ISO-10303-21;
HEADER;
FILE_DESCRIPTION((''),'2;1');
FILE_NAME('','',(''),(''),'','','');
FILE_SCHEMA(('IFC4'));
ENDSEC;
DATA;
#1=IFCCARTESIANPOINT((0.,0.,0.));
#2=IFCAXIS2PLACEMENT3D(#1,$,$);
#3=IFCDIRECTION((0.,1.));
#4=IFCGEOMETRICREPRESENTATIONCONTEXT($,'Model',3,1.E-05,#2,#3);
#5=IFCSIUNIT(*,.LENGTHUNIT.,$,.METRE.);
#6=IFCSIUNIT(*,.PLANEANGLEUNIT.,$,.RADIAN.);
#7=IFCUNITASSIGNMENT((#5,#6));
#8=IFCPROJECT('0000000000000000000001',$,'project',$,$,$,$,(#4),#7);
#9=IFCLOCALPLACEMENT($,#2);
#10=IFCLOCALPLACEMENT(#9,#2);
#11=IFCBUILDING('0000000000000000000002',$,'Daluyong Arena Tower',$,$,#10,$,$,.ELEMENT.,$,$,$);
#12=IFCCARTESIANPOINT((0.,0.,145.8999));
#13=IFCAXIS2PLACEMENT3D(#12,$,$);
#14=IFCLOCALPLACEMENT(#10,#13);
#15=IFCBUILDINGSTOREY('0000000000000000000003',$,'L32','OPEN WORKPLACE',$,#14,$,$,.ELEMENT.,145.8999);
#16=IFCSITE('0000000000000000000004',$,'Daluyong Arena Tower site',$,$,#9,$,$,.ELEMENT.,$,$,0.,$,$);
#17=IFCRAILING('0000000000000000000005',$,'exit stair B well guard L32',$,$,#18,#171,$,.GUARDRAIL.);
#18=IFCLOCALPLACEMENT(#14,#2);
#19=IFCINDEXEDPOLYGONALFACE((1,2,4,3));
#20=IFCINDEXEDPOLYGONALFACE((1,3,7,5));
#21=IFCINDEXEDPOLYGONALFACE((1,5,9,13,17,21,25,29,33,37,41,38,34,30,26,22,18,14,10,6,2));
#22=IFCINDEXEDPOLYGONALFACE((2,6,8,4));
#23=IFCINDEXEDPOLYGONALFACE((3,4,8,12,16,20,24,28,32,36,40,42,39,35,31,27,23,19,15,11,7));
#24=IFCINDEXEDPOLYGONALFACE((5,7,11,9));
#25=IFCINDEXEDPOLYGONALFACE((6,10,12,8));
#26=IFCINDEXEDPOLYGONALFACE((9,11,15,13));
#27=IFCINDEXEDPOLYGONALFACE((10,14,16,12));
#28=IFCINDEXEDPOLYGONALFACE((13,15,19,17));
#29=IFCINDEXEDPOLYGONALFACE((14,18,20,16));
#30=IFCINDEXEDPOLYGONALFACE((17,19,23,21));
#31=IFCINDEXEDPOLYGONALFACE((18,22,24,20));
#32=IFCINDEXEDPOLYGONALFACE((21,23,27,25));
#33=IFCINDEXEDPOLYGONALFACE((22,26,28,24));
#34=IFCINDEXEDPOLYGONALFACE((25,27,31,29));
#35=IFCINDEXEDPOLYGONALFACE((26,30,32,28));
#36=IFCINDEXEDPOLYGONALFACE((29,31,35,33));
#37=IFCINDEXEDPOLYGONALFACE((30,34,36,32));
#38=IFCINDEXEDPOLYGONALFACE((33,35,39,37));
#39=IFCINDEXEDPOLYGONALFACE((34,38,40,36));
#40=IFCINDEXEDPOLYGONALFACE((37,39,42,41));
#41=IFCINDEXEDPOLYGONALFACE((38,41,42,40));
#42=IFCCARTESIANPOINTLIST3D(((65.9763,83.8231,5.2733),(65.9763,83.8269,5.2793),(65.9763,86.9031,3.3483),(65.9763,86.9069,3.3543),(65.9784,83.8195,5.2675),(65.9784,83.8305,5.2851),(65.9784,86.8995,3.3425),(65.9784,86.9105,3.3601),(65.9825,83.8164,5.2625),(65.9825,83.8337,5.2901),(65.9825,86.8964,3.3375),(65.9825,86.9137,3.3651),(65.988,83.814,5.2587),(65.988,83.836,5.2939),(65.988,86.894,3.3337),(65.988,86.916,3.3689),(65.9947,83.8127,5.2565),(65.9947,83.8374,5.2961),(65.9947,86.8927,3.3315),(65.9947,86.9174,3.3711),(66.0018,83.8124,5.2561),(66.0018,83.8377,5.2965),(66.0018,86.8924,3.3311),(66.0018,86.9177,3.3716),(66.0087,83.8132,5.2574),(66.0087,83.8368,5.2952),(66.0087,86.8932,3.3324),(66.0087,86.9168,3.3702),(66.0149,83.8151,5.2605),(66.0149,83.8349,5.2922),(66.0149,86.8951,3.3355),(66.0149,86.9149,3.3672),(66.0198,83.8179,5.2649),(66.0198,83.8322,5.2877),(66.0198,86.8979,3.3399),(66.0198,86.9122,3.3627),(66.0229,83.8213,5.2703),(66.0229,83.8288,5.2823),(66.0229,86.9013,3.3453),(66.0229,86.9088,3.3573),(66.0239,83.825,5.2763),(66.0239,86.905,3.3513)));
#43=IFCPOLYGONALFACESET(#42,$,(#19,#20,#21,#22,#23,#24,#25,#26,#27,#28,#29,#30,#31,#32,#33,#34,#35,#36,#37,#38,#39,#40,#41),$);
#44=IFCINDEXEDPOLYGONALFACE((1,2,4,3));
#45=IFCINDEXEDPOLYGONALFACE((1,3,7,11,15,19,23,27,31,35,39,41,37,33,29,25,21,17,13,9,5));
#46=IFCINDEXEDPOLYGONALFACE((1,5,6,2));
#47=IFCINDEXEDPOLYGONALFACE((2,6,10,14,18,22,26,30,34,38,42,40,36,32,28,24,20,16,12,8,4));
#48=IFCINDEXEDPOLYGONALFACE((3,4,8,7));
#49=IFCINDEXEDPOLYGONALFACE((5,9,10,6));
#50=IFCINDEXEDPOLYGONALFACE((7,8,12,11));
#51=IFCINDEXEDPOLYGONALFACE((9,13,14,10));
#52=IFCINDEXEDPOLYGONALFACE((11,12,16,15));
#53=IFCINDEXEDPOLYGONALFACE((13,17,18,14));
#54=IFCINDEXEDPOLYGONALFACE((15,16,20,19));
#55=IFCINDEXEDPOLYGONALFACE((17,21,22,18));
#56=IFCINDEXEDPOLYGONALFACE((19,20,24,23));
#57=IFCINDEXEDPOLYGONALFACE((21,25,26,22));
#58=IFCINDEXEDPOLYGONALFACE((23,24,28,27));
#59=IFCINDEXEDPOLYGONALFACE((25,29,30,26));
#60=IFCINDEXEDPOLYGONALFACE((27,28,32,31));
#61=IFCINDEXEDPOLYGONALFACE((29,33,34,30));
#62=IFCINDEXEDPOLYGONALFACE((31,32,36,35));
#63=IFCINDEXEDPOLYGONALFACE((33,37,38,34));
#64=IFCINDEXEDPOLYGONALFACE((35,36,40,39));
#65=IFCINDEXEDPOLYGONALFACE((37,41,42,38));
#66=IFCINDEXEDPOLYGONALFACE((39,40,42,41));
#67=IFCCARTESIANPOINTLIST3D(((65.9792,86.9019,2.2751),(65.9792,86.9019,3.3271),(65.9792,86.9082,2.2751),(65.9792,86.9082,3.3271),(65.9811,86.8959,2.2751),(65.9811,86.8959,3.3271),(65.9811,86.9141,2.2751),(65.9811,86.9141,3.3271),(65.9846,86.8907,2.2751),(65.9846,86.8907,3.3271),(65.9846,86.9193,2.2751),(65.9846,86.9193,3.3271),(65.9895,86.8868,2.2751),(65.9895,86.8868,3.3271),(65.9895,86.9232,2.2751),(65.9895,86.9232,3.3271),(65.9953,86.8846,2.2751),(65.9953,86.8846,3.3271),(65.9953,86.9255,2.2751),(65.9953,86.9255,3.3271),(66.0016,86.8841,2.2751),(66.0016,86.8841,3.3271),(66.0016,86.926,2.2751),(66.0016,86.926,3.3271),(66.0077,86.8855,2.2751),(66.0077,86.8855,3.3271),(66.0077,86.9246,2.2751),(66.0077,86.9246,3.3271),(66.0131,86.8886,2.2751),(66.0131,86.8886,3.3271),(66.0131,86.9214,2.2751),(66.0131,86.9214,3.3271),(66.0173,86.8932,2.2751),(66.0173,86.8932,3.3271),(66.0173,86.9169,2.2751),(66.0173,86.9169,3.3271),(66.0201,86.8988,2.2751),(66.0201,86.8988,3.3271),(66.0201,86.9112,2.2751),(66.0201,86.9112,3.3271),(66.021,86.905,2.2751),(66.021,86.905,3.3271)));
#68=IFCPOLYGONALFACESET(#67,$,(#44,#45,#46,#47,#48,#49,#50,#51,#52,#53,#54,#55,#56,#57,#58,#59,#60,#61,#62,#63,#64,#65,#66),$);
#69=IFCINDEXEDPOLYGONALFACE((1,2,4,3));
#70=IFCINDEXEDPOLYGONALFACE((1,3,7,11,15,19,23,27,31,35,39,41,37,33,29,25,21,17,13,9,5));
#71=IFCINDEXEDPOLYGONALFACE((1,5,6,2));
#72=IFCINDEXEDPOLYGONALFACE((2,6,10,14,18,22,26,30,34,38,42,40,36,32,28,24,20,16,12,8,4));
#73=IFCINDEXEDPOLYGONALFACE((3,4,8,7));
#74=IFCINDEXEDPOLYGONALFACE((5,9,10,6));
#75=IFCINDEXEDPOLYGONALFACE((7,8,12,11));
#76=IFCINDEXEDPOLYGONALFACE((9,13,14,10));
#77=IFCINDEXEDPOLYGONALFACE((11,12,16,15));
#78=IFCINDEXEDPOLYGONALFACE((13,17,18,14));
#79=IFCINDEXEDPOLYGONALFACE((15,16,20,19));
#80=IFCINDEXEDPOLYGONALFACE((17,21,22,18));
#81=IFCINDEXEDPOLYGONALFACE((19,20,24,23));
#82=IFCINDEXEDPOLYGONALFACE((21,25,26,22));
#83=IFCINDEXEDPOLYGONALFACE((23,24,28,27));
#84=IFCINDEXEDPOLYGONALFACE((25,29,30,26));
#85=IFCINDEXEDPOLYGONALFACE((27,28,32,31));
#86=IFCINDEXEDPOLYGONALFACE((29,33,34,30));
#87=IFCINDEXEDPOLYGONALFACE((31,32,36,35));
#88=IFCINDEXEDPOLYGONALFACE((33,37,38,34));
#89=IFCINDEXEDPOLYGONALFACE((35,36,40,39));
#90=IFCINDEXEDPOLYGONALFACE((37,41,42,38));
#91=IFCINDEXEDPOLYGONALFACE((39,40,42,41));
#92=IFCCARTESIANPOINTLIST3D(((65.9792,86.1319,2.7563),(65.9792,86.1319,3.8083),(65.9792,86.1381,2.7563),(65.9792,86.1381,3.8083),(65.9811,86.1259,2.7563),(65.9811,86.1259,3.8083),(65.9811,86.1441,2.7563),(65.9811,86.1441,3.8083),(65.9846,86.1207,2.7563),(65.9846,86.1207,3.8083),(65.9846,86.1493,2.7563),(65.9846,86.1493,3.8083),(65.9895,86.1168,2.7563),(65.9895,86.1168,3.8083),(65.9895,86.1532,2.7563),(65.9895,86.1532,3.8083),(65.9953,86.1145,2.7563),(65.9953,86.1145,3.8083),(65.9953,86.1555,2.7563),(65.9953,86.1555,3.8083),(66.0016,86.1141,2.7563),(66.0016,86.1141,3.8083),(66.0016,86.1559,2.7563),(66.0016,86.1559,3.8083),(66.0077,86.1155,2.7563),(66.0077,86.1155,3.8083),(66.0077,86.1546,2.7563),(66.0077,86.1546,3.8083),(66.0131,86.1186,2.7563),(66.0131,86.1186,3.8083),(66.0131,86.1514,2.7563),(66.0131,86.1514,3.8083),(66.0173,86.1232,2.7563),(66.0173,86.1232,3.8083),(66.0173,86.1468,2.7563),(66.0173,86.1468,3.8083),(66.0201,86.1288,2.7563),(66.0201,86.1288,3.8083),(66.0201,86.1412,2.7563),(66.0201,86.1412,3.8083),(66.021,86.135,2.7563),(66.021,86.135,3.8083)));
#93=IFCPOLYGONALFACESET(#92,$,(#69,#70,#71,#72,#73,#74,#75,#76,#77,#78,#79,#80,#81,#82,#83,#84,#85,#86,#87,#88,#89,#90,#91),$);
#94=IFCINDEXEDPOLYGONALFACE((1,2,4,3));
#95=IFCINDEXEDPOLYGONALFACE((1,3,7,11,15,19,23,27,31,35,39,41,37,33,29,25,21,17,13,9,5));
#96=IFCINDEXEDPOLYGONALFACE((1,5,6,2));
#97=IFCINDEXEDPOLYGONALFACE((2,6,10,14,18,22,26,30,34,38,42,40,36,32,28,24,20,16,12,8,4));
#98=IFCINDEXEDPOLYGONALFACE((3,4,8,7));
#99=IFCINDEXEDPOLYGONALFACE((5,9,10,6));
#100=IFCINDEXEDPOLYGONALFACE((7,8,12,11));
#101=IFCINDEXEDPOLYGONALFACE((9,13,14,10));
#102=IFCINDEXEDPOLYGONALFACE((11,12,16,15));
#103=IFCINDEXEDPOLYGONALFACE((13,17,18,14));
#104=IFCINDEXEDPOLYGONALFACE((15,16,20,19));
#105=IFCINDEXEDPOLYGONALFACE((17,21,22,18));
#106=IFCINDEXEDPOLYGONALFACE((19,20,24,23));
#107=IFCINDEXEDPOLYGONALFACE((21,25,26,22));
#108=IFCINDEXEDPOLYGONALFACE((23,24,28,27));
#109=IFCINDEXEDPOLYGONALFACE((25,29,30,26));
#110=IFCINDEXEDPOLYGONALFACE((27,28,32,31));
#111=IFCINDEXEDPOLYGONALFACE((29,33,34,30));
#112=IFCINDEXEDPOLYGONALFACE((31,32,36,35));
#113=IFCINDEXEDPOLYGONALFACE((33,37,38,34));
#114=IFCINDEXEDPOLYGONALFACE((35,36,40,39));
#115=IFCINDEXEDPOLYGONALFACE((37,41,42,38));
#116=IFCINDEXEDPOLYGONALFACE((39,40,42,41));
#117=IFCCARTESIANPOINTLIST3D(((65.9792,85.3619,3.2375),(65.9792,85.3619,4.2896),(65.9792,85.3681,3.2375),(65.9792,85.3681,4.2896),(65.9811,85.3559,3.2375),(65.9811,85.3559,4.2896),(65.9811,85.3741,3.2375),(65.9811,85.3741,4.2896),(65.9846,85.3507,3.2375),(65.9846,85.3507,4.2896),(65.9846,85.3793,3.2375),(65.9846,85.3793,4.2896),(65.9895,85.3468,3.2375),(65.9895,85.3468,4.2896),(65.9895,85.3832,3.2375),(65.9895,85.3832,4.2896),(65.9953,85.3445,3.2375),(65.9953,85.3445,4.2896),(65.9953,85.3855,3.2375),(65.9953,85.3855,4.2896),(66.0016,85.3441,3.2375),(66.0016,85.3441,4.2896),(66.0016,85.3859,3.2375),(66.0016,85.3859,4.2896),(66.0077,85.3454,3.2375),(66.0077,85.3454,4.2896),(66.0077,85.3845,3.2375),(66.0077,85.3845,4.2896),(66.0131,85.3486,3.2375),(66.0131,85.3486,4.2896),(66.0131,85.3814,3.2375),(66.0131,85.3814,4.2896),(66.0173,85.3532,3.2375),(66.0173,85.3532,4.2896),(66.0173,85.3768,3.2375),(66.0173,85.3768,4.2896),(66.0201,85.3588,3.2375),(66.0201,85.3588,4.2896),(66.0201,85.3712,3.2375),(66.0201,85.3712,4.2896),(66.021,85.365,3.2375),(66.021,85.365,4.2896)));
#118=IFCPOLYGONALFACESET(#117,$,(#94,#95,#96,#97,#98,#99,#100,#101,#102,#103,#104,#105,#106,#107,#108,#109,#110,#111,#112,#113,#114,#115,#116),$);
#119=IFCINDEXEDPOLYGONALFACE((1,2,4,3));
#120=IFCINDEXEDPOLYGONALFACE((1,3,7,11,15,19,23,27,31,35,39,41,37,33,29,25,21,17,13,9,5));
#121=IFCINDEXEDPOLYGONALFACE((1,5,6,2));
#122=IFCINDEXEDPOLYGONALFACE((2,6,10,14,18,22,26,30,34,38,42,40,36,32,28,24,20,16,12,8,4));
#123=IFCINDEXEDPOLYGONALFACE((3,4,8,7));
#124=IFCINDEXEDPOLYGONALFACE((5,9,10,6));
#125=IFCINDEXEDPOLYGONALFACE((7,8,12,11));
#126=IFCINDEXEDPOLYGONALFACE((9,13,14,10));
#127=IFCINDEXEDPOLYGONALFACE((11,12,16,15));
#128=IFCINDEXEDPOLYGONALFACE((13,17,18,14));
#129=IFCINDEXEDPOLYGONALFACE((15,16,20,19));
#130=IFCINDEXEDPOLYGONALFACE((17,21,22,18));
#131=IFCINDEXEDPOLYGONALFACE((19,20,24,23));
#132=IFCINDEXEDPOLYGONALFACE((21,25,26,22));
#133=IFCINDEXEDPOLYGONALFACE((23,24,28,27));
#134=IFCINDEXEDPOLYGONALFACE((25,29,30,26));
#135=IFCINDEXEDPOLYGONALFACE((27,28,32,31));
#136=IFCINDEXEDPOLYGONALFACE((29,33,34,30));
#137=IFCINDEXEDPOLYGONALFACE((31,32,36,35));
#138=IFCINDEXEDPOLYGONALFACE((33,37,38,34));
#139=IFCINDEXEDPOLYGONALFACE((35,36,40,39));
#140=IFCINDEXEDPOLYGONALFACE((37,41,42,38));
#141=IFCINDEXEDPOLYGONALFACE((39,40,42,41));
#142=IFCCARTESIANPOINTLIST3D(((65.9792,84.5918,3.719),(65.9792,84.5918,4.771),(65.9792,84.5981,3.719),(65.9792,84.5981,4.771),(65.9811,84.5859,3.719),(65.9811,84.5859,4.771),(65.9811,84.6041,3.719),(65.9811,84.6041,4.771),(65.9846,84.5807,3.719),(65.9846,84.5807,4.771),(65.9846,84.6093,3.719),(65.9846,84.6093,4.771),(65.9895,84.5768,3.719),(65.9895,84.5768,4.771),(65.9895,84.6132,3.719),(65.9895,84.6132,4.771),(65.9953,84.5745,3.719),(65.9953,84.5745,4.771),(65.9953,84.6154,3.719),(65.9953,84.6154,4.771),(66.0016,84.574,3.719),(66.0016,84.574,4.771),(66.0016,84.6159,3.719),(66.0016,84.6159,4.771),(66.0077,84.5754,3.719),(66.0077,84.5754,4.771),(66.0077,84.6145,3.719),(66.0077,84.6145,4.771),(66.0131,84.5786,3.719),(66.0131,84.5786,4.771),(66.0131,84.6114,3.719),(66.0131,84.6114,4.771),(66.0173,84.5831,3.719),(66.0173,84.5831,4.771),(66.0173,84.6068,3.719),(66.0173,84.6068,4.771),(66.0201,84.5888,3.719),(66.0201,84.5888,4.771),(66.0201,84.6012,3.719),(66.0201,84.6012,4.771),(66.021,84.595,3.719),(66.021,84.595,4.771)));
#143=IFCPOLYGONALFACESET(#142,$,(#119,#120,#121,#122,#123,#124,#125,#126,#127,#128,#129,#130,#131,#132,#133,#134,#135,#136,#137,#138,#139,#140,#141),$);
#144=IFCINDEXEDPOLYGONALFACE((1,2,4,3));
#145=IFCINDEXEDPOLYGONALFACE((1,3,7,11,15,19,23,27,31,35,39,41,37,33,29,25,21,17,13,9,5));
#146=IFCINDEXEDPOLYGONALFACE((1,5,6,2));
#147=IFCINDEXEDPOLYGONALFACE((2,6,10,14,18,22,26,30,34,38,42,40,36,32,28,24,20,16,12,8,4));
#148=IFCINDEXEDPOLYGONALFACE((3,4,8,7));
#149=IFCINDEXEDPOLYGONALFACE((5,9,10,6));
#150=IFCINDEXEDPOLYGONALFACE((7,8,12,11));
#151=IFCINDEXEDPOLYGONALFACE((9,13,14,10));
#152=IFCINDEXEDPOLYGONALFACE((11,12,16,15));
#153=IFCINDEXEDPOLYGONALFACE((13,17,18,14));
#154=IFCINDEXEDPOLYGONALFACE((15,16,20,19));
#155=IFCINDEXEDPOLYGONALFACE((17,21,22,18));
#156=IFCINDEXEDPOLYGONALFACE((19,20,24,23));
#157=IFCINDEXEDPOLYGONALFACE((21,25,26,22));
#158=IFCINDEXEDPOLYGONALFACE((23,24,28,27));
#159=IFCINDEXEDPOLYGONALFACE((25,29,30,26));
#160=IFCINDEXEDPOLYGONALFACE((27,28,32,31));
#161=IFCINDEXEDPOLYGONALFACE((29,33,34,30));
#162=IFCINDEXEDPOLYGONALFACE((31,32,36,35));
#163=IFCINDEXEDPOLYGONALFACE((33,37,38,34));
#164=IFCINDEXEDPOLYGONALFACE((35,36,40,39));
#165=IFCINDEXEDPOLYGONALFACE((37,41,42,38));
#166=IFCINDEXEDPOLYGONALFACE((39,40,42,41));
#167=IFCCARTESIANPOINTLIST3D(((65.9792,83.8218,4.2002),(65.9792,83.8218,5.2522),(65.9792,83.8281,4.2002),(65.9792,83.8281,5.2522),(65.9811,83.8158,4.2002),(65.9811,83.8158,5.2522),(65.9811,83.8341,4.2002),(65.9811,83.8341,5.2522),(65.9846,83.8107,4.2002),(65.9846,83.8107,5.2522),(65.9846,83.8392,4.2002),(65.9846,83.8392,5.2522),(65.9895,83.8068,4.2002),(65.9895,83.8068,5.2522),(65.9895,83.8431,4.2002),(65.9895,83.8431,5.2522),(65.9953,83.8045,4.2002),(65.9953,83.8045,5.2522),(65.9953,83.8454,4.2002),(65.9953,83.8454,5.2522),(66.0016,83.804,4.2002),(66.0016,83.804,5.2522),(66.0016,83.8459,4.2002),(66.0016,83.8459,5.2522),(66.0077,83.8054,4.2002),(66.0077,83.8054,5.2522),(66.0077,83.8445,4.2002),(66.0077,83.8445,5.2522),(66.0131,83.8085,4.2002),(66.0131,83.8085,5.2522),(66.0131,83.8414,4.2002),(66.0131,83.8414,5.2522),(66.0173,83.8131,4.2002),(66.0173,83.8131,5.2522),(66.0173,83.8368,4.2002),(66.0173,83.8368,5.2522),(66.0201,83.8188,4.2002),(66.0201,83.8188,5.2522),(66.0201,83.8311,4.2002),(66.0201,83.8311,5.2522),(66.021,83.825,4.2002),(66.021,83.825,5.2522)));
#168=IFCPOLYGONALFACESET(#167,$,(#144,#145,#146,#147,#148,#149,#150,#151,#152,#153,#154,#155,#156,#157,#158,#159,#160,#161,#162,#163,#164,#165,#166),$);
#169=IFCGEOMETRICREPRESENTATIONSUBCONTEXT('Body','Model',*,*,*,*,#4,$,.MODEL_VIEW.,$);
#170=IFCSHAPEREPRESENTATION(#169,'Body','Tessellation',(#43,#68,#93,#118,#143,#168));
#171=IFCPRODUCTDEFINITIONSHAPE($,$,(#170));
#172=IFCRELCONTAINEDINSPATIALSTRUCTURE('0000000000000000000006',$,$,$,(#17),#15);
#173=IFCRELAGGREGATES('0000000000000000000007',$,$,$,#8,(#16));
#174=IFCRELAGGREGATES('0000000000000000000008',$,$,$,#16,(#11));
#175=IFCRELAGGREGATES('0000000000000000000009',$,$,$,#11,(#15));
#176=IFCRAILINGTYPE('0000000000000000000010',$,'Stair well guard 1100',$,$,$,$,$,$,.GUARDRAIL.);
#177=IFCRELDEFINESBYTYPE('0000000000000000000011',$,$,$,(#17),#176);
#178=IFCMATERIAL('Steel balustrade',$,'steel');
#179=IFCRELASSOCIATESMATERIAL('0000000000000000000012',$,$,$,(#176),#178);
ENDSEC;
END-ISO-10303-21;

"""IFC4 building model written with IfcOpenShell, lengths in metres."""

from ifc_helpers import new_model, si_unit, direction, frame, origin, origin_2d, place, context, subcontext, project, spatial, circle, extrude, material, type_object, element, save


model = new_model("IFC4")

# Units and contexts
model_context = context("Model", 3, precision=1e-05, world=origin(), true_north=direction((0.0, 1.0)))
body_context = subcontext(model_context, "Body", "Model", "MODEL_VIEW")
ifc_project = project(units=[si_unit("LENGTHUNIT", "METRE"), si_unit("PLANEANGLEUNIT", "RADIAN")], contexts=[model_context])

# Site, building, storey
site_placement = place(None, origin())
site = spatial("IfcSite", under=ifc_project, at=site_placement, Name="Daluyong Arena Tower site", CompositionType="ELEMENT", RefElevation=0.0)
building_placement = place(site_placement, origin())
building = spatial("IfcBuilding", under=site, at=building_placement, Name="Daluyong Arena Tower", CompositionType="ELEMENT")
storey_placement = place(building_placement, frame((0.0, 0.0, 145.8999)))
storey = spatial("IfcBuildingStorey", under=building, at=storey_placement, Name="L32", Description="OPEN WORKPLACE", CompositionType="ELEMENT", Elevation=145.8999)

# Railing
ifc_material_1 = material(Name="Steel balustrade", Category="steel")
railing_type_1 = type_object("IfcRailingType", Name="Stair well guard 1100", PredefinedType="GUARDRAIL", material=ifc_material_1)
railing_1_placement = place(storey_placement, frame((66.0, 86.905, 2.2751)))
element("IfcRailing", 1, at=railing_1_placement, inside=storey, type_object=railing_type_1, Name="exit stair B well guard L32", PredefinedType="GUARDRAIL", context=body_context, shape_type="SweptSolid", body=[
    extrude(circle(Radius=0.0239, at=origin_2d()), frame((0.0, 0.0, 1.0762), z_axis=(0.0, -0.847998, 0.529999), x_axis=(1.0, 0.0, 0.0)), (0.0, 0.0, 1.0), 3.6321),
    extrude(circle(Radius=0.021, at=origin_2d()), origin(), (0.0, 0.0, 1.0), 1.052),
    extrude(circle(Radius=0.021, at=origin_2d()), frame((0.0, -0.77, 0.4812)), (0.0, 0.0, 1.0), 1.052),
    extrude(circle(Radius=0.021, at=origin_2d()), frame((0.0, -1.54, 0.9624)), (0.0, 0.0, 1.0), 1.052),
    extrude(circle(Radius=0.021, at=origin_2d()), frame((0.0, -2.3101, 1.4438)), (0.0, 0.0, 1.0), 1.052),
    extrude(circle(Radius=0.021, at=origin_2d()), frame((0.0, -3.0801, 1.925)), (0.0, 0.0, 1.0), 1.052),
])

save(model, "model.ifc")
